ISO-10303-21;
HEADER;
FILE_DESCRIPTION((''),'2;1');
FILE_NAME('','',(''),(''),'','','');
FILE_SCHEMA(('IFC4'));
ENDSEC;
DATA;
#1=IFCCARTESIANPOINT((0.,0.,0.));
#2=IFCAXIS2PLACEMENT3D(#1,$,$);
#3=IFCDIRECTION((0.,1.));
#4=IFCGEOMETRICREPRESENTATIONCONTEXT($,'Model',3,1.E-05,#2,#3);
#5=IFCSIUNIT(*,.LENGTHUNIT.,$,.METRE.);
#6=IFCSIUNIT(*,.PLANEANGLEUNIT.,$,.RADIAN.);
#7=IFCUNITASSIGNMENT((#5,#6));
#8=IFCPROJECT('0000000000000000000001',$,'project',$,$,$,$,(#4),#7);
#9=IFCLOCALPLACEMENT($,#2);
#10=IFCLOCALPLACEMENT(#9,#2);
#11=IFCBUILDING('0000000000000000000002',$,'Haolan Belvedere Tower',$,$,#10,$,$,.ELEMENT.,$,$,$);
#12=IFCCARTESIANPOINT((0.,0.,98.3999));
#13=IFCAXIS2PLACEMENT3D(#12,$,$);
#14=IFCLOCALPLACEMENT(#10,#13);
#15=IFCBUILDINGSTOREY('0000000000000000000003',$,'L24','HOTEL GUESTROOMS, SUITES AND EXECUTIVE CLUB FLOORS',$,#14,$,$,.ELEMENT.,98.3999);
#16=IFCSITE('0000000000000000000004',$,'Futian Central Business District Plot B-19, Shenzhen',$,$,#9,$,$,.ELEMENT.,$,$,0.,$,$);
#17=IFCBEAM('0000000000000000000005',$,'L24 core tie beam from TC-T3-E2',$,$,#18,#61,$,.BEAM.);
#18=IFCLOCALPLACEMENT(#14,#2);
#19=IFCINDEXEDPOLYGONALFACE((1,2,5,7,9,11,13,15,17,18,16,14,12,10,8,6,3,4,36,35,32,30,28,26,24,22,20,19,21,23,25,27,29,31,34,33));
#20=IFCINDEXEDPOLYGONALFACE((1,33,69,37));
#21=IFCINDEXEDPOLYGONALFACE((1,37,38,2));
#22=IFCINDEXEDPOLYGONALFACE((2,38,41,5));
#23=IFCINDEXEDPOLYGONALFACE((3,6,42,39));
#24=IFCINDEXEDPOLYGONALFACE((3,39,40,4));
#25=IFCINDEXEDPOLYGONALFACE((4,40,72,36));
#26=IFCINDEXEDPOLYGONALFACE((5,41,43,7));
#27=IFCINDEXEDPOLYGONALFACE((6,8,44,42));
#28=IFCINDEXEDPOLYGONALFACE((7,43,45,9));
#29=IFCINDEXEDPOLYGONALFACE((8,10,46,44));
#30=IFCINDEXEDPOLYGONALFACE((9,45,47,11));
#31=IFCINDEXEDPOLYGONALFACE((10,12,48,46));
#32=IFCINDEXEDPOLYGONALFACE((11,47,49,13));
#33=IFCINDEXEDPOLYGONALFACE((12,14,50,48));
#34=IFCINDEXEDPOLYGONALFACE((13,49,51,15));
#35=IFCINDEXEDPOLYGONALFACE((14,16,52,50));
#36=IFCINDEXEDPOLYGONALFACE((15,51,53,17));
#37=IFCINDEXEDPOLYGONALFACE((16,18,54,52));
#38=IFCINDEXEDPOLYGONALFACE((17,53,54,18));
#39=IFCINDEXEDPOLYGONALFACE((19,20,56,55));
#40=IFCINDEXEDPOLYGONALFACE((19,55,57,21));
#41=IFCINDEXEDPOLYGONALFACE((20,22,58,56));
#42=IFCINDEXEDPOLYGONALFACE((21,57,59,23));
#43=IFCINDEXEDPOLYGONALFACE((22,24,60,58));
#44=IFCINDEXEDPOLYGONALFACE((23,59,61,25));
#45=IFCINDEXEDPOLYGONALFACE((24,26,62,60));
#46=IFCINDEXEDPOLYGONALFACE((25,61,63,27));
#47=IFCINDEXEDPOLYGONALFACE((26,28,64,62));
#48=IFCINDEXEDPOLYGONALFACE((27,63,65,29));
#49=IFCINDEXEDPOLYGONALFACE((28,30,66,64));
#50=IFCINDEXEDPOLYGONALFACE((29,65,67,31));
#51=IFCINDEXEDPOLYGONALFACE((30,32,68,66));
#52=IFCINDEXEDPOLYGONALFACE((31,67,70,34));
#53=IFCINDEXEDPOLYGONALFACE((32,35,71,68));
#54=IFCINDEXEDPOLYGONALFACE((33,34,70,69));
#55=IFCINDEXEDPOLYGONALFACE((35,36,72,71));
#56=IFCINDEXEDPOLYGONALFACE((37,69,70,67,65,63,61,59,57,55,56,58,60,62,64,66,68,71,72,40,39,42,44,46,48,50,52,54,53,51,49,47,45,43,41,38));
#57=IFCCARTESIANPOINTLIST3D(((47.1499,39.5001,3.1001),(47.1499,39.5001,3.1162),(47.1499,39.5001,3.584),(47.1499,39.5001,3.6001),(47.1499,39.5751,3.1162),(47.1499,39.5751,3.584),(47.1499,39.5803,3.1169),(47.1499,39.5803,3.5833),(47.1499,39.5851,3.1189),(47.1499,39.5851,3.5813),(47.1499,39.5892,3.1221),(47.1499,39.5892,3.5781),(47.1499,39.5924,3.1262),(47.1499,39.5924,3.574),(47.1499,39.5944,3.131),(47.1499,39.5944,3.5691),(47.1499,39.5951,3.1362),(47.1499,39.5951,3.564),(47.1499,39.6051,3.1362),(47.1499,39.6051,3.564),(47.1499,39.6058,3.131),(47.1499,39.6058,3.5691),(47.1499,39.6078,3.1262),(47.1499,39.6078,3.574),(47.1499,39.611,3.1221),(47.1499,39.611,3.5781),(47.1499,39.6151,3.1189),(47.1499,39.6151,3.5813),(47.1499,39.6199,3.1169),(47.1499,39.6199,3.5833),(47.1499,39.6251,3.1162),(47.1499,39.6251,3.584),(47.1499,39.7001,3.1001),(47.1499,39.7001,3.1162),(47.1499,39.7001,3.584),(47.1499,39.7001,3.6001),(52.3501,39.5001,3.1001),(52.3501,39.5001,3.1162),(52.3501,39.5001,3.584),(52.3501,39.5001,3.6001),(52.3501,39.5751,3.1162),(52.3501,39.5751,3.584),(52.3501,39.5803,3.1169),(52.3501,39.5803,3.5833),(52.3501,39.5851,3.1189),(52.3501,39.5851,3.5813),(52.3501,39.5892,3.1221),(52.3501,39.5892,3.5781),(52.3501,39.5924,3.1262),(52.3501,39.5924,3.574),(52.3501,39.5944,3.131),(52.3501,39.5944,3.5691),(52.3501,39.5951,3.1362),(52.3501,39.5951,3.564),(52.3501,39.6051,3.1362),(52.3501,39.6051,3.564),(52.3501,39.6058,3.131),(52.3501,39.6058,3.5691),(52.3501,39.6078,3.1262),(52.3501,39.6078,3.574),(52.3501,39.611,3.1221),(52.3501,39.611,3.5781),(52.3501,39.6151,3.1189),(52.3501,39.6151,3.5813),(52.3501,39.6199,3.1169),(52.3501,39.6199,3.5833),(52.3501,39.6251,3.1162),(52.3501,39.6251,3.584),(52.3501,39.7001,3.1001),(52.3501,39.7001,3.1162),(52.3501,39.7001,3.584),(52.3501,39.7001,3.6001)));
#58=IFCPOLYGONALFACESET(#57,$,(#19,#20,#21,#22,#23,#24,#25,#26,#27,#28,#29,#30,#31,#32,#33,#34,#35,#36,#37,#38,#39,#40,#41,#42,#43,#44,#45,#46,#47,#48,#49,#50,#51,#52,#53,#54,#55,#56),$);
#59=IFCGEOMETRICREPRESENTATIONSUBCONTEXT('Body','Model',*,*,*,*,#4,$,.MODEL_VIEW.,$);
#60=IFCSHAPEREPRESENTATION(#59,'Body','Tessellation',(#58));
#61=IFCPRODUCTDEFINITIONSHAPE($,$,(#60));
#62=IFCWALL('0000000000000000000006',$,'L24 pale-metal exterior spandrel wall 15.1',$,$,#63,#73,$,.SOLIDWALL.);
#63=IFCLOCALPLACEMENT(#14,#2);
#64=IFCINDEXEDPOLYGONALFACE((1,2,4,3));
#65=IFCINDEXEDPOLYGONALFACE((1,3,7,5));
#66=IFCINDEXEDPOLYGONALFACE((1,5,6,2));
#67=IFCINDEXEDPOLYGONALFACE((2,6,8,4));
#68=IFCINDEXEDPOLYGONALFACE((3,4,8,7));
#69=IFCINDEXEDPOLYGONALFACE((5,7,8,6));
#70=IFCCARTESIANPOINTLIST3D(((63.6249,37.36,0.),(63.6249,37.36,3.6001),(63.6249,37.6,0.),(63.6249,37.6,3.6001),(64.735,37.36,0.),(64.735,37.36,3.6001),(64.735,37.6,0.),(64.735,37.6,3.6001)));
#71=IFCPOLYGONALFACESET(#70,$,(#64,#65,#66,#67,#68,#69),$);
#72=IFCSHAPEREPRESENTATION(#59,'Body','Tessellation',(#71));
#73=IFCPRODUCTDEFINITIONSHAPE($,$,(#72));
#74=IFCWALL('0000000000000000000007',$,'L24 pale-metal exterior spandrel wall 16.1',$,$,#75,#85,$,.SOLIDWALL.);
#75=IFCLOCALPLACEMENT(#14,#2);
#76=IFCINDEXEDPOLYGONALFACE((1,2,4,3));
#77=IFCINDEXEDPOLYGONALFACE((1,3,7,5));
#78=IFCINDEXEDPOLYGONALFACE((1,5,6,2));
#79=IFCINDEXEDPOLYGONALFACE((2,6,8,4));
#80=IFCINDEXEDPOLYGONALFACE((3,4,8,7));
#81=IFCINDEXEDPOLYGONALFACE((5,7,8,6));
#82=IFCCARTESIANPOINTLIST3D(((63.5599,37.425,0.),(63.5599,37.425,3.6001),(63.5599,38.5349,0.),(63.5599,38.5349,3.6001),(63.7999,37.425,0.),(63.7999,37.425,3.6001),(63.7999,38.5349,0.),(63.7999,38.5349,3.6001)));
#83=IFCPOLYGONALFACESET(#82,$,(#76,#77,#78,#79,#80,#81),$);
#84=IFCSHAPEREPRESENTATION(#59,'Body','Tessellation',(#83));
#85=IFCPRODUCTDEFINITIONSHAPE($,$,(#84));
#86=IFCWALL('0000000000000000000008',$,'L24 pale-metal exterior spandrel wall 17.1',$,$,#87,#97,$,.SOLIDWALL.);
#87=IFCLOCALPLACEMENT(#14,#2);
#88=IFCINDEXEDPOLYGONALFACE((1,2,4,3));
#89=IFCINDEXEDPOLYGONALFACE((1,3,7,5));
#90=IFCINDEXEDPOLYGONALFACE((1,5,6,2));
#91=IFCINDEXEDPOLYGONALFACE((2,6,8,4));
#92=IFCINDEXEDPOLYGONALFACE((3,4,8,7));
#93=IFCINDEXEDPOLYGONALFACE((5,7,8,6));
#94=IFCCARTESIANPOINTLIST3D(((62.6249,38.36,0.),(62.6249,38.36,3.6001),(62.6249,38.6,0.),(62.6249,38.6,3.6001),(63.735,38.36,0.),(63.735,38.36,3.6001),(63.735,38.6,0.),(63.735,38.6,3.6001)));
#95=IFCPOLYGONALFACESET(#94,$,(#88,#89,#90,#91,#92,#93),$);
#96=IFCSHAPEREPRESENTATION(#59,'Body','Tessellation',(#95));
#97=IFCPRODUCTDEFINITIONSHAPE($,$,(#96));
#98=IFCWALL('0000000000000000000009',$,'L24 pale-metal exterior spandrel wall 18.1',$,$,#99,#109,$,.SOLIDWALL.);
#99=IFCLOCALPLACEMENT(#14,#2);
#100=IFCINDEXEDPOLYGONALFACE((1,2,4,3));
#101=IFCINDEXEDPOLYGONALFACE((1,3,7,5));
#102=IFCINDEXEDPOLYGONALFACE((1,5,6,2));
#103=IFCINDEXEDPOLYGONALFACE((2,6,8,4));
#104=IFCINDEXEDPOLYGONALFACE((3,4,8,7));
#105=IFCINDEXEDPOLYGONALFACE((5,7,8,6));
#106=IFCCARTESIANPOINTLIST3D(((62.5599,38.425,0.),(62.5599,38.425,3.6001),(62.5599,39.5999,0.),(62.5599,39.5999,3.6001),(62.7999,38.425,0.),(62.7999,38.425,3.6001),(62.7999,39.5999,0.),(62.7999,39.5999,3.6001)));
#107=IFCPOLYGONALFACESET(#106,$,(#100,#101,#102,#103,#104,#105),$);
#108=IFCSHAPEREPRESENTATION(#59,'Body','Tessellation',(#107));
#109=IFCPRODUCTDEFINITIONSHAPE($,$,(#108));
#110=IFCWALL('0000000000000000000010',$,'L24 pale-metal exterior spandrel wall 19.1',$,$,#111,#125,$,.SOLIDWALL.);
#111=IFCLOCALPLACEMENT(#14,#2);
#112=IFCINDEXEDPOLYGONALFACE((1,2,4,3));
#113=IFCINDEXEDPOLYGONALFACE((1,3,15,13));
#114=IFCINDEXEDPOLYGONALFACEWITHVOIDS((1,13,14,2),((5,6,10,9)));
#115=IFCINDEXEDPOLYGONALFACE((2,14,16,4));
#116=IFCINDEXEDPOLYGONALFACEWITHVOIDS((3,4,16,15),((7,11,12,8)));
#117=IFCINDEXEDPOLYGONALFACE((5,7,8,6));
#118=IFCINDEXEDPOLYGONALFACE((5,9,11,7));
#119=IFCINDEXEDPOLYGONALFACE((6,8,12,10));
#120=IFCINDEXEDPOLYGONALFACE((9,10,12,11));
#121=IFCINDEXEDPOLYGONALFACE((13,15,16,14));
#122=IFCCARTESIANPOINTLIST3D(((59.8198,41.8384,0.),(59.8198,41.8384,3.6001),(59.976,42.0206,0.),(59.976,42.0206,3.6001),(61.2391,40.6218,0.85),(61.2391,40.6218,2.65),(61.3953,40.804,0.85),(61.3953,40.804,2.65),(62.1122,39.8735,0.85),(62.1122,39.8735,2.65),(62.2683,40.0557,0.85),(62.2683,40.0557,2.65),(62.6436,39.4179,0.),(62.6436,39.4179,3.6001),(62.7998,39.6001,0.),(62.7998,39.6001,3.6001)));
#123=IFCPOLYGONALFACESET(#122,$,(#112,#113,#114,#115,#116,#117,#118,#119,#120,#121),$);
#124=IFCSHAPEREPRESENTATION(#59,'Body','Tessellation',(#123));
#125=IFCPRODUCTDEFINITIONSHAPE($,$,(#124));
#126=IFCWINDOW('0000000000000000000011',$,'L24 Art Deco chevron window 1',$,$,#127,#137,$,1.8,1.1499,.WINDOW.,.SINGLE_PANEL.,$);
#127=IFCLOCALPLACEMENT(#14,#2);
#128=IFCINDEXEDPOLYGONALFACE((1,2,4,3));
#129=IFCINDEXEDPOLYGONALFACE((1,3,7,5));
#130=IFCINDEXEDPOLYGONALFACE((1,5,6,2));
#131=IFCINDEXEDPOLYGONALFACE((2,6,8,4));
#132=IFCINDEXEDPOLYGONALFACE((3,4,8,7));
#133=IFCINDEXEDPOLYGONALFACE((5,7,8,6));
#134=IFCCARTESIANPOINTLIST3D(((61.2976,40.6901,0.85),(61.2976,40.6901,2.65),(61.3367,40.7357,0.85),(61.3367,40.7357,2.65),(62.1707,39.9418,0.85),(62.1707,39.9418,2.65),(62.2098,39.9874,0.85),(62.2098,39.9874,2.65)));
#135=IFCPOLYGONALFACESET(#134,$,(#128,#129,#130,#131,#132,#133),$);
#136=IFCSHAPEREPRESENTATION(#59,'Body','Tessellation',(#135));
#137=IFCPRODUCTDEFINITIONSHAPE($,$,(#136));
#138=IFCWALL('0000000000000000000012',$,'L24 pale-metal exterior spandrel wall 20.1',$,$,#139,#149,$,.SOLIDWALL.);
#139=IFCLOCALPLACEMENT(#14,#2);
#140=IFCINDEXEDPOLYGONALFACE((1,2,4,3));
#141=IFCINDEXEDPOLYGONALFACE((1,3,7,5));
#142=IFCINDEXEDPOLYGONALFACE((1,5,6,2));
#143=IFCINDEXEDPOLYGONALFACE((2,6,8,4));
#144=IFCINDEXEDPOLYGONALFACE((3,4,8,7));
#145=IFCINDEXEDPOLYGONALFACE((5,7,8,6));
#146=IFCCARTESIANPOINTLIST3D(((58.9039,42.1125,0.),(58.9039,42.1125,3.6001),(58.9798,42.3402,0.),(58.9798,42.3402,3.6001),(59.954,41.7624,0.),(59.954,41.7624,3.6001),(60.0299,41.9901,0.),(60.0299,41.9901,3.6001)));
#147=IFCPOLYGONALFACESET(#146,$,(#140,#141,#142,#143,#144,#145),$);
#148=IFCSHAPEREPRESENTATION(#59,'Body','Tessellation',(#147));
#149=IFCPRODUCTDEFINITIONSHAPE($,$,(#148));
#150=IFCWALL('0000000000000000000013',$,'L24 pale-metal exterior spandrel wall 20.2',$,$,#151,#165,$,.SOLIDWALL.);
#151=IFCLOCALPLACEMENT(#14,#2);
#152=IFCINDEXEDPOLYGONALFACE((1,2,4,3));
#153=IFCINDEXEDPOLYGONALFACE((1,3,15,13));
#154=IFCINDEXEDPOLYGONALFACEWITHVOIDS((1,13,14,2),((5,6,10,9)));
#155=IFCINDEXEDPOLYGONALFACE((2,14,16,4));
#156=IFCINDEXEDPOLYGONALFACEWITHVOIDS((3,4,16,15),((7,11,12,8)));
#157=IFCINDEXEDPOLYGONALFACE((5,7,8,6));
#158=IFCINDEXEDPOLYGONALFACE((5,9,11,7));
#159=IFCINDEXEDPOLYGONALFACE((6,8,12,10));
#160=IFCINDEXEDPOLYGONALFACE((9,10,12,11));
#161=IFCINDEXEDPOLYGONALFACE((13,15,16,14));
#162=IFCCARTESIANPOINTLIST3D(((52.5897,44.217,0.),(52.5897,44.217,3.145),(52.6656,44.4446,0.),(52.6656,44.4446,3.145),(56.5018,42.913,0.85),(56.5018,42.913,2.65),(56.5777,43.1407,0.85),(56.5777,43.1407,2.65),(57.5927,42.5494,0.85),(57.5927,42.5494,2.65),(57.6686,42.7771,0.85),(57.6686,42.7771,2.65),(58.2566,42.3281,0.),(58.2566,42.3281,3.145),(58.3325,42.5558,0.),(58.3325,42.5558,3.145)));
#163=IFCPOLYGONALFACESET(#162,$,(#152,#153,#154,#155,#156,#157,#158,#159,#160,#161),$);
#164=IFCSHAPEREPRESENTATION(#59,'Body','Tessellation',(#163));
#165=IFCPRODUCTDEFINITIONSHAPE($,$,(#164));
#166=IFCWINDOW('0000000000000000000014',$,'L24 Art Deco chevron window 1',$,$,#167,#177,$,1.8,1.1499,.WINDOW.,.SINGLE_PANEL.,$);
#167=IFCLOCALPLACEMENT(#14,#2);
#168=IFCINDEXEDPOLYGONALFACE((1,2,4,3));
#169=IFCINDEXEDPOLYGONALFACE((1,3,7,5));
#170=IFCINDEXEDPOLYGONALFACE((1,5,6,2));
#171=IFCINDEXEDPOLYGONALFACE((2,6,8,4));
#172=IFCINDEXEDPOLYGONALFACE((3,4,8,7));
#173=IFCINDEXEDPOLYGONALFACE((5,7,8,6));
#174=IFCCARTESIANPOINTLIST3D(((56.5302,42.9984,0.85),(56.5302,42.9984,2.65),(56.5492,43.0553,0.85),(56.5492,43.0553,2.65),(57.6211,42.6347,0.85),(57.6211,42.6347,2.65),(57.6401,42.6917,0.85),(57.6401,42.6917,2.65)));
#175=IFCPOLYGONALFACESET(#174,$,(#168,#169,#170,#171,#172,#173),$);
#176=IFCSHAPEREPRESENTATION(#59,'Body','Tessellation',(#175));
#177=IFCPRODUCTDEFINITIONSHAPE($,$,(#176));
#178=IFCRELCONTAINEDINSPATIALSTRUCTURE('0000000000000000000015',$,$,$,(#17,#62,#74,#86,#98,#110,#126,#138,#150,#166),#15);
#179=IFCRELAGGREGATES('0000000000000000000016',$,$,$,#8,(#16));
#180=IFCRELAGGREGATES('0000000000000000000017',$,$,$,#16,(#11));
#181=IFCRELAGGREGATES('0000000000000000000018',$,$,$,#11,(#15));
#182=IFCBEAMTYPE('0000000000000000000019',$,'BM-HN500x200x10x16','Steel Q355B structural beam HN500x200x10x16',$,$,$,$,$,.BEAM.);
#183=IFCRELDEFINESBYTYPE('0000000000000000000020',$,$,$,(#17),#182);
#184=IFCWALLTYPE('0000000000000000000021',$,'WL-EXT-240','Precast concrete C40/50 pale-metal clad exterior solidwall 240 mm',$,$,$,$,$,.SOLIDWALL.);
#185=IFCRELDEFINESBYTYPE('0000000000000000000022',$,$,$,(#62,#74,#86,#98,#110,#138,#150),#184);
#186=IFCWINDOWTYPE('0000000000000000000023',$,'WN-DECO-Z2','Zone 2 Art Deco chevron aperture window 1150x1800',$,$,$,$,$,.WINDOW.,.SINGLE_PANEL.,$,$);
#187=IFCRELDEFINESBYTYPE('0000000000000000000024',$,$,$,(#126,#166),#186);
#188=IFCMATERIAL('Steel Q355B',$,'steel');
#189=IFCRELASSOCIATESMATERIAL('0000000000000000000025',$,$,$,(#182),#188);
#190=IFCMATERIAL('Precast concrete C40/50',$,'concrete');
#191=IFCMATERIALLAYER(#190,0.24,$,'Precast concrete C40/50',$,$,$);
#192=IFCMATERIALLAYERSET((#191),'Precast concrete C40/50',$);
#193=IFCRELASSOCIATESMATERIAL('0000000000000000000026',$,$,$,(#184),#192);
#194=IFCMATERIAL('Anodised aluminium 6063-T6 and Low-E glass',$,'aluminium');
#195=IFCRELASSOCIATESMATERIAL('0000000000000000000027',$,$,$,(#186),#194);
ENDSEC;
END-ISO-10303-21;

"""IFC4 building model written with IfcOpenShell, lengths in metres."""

from ifc_helpers import new_model, si_unit, direction, frame, frame_2d, origin, origin_2d, place, context, subcontext, project, spatial, rectangle, i_section, extrude, material, layer, layer_set, material_profile, profile_set, type_object, element, fill, save


model = new_model("IFC4")

# Units and contexts
model_context = context("Model", 3, precision=1e-05, world=origin(), true_north=direction((0.0, 1.0)))
body_context = subcontext(model_context, "Body", "Model", "MODEL_VIEW")
ifc_project = project(units=[si_unit("LENGTHUNIT", "METRE"), si_unit("PLANEANGLEUNIT", "RADIAN")], contexts=[model_context])

# Site, building, storey
site_placement = place(None, origin())
site = spatial("IfcSite", under=ifc_project, at=site_placement, Name="Futian Central Business District Plot B-19, Shenzhen", CompositionType="ELEMENT", RefElevation=0.0)
building_placement = place(site_placement, origin())
building = spatial("IfcBuilding", under=site, at=building_placement, Name="Haolan Belvedere Tower", CompositionType="ELEMENT")
storey_placement = place(building_placement, frame((0.0, 0.0, 98.3999)))
storey = spatial("IfcBuildingStorey", under=building, at=storey_placement, Name="L24", Description="HOTEL GUESTROOMS, SUITES AND EXECUTIVE CLUB FLOORS", CompositionType="ELEMENT", Elevation=98.3999)

# Beam
ifc_material_1 = material(Name="Steel Q355B", Category="steel")
ifc_material_profile_1 = material_profile(ifc_material_1, i_section(OverallWidth=0.2, OverallDepth=0.5, WebThickness=0.01, FlangeThickness=0.0161, FilletRadius=0.02, at=origin_2d()), Name="Steel Q355B")
ifc_profile_set_1 = profile_set([ifc_material_profile_1], Name="Steel Q355B")
beam_type_1 = type_object("IfcBeamType", Name="BM-HN500x200x10x16", Description="Steel Q355B structural beam HN500x200x10x16", PredefinedType="BEAM", material=ifc_profile_set_1)
beam_1_placement = place(storey_placement, frame((52.3501, 39.6001, 3.3501), z_axis=(-1.0, 0.0, 0.0), x_axis=(0.0, -1.0, 0.0)))
element("IfcBeam", 1, at=beam_1_placement, inside=storey, type_object=beam_type_1, Name="L24 core tie beam from TC-T3-E2", PredefinedType="BEAM", context=body_context, shape_type="SweptSolid", body=[
    extrude(i_section(OverallWidth=0.2, OverallDepth=0.5, WebThickness=0.01, FlangeThickness=0.0161, FilletRadius=0.02, at=origin_2d()), origin(), (0.0, 0.0, 1.0), 5.2002),
])

# Walls
ifc_material_2 = material(Name="Precast concrete C40/50", Category="concrete")
ifc_layer_1 = layer(ifc_material_2, 0.24, Name="Precast concrete C40/50")
ifc_layer_set_1 = layer_set([ifc_layer_1], Name="Precast concrete C40/50")
wall_type_1 = type_object("IfcWallType", Name="WL-EXT-240", Description="Precast concrete C40/50 pale-metal clad exterior solidwall 240 mm", PredefinedType="SOLIDWALL", material=ifc_layer_set_1)
wall_1_placement = place(storey_placement, frame((64.7351, 37.48, 0.0), z_axis=(0.0, 0.0, 1.0), x_axis=(-1.0, 0.0, 0.0)))
element("IfcWall", 2, at=wall_1_placement, inside=storey, type_object=wall_type_1, Name="L24 pale-metal exterior spandrel wall 15.1", PredefinedType="SOLIDWALL", context=body_context, shape_type="SweptSolid", body=[
    extrude(rectangle(XDim=1.1101, YDim=0.24, at=frame_2d((0.5552, 0.0))), origin(), (0.0, 0.0, 1.0), 3.6001),
])
wall_2_placement = place(storey_placement, frame((63.6799, 37.425, 0.0), z_axis=(0.0, 0.0, 1.0), x_axis=(0.0, 1.0, 0.0)))
element("IfcWall", 3, at=wall_2_placement, inside=storey, type_object=wall_type_1, Name="L24 pale-metal exterior spandrel wall 16.1", PredefinedType="SOLIDWALL", context=body_context, shape_type="SweptSolid", body=[
    extrude(rectangle(XDim=1.1099, YDim=0.24, at=frame_2d((0.5549, 0.0))), origin(), (0.0, 0.0, 1.0), 3.6001),
])
wall_3_placement = place(storey_placement, frame((63.7351, 38.48, 0.0), z_axis=(0.0, 0.0, 1.0), x_axis=(-1.0, 0.0, 0.0)))
element("IfcWall", 4, at=wall_3_placement, inside=storey, type_object=wall_type_1, Name="L24 pale-metal exterior spandrel wall 17.1", PredefinedType="SOLIDWALL", context=body_context, shape_type="SweptSolid", body=[
    extrude(rectangle(XDim=1.1101, YDim=0.24, at=frame_2d((0.5552, 0.0))), origin(), (0.0, 0.0, 1.0), 3.6001),
])
wall_4_placement = place(storey_placement, frame((62.6799, 38.425, 0.0), z_axis=(0.0, 0.0, 1.0), x_axis=(0.0, 1.0, 0.0)))
element("IfcWall", 5, at=wall_4_placement, inside=storey, type_object=wall_type_1, Name="L24 pale-metal exterior spandrel wall 18.1", PredefinedType="SOLIDWALL", context=body_context, shape_type="SweptSolid", body=[
    extrude(rectangle(XDim=1.1748, YDim=0.24, at=frame_2d((0.5874, 0.0))), origin(), (0.0, 0.0, 1.0), 3.6001),
])

# Wall, opening, window
wall_5_placement = place(storey_placement, frame((62.7217, 39.509, 0.0), z_axis=(0.0, 0.0, 1.0), x_axis=(-0.759247, 0.650802, 0.0)))
wall_5 = element("IfcWall", 6, at=wall_5_placement, inside=storey, type_object=wall_type_1, Name="L24 pale-metal exterior spandrel wall 19.1", PredefinedType="SOLIDWALL", context=body_context, shape_type="SweptSolid", body=[
    extrude(rectangle(XDim=3.7192, YDim=0.24, at=frame_2d((1.8596, 0.0))), origin(), (0.0, 0.0, 1.0), 3.6001),
])
opening_1_placement = place(wall_5_placement, frame((0.7, 0.0, 0.8501)))
opening_1 = element("IfcOpeningElement", 7, at=opening_1_placement, cuts=wall_5, PredefinedType="OPENING", context=body_context, shape_type="SweptSolid", body=[
    extrude(rectangle(XDim=1.1499, YDim=1.8, at=frame_2d((0.575, 0.8999))), frame((0.0, 0.1299, 0.0), z_axis=(0.0, -1.0, 0.0), x_axis=(1.0, 0.0, 0.0)), (0.0, 0.0, 1.0), 0.26),
])
ifc_material_3 = material(Name="Anodised aluminium 6063-T6 and Low-E glass", Category="aluminium")
window_type = type_object("IfcWindowType", Name="WN-DECO-Z2", Description="Zone 2 Art Deco chevron aperture window 1150x1800", PartitioningType="SINGLE_PANEL", PredefinedType="WINDOW", material=ifc_material_3)
window_1_placement = place(opening_1_placement, origin())
window_1 = element("IfcWindow", 8, at=window_1_placement, inside=storey, type_object=window_type, Name="L24 Art Deco chevron window 1", OverallHeight=1.8, OverallWidth=1.1499, PartitioningType="SINGLE_PANEL", PredefinedType="WINDOW", context=body_context, shape_type="SweptSolid", body=[
    extrude(rectangle(XDim=1.1499, YDim=1.8, at=frame_2d((0.575, 0.8999))), frame((0.0, 0.03, 0.0), z_axis=(0.0, -1.0, 0.0), x_axis=(1.0, 0.0, 0.0)), (0.0, 0.0, 1.0), 0.0601),
])
fill(opening_1, window_1)

# Wall
wall_6_placement = place(storey_placement, frame((59.9919, 41.8762, 0.0), z_axis=(0.0, 0.0, 1.0), x_axis=(-0.948661, 0.316294, 0.0)))
element("IfcWall", 9, at=wall_6_placement, inside=storey, type_object=wall_type_1, Name="L24 pale-metal exterior spandrel wall 20.1", PredefinedType="SOLIDWALL", context=body_context, shape_type="SweptSolid", body=[
    extrude(rectangle(XDim=1.1069, YDim=0.24, at=frame_2d((0.5535, 0.0))), origin(), (0.0, 0.0, 1.0), 3.6001),
])

# Wall, opening, window
wall_7_placement = place(storey_placement, frame((58.2947, 42.4419, 0.0), z_axis=(0.0, 0.0, 1.0), x_axis=(-0.948687, 0.316216, 0.0)))
wall_7 = element("IfcWall", 10, at=wall_7_placement, inside=storey, type_object=wall_type_1, Name="L24 pale-metal exterior spandrel wall 20.2", PredefinedType="SOLIDWALL", context=body_context, shape_type="SweptSolid", body=[
    extrude(rectangle(XDim=5.9734, YDim=0.24, at=frame_2d((2.9868, 0.0))), origin(), (0.0, 0.0, 1.0), 3.145),
])
opening_2_placement = place(wall_7_placement, frame((0.7, 0.0, 0.8501)))
opening_2 = element("IfcOpeningElement", 11, at=opening_2_placement, cuts=wall_7, PredefinedType="OPENING", context=body_context, shape_type="SweptSolid", body=[
    extrude(rectangle(XDim=1.1499, YDim=1.8, at=frame_2d((0.575, 0.8999))), frame((0.0, 0.1299, 0.0), z_axis=(0.0, -1.0, 0.0), x_axis=(1.0, 0.0, 0.0)), (0.0, 0.0, 1.0), 0.26),
])
window_2_placement = place(opening_2_placement, origin())
window_2 = element("IfcWindow", 12, at=window_2_placement, inside=storey, type_object=window_type, Name="L24 Art Deco chevron window 1", OverallHeight=1.8, OverallWidth=1.1499, PartitioningType="SINGLE_PANEL", PredefinedType="WINDOW", context=body_context, shape_type="SweptSolid", body=[
    extrude(rectangle(XDim=1.1499, YDim=1.8, at=frame_2d((0.575, 0.8999))), frame((0.0, 0.03, 0.0), z_axis=(0.0, -1.0, 0.0), x_axis=(1.0, 0.0, 0.0)), (0.0, 0.0, 1.0), 0.0601),
])
fill(opening_2, window_2)

save(model, "model.ifc")
